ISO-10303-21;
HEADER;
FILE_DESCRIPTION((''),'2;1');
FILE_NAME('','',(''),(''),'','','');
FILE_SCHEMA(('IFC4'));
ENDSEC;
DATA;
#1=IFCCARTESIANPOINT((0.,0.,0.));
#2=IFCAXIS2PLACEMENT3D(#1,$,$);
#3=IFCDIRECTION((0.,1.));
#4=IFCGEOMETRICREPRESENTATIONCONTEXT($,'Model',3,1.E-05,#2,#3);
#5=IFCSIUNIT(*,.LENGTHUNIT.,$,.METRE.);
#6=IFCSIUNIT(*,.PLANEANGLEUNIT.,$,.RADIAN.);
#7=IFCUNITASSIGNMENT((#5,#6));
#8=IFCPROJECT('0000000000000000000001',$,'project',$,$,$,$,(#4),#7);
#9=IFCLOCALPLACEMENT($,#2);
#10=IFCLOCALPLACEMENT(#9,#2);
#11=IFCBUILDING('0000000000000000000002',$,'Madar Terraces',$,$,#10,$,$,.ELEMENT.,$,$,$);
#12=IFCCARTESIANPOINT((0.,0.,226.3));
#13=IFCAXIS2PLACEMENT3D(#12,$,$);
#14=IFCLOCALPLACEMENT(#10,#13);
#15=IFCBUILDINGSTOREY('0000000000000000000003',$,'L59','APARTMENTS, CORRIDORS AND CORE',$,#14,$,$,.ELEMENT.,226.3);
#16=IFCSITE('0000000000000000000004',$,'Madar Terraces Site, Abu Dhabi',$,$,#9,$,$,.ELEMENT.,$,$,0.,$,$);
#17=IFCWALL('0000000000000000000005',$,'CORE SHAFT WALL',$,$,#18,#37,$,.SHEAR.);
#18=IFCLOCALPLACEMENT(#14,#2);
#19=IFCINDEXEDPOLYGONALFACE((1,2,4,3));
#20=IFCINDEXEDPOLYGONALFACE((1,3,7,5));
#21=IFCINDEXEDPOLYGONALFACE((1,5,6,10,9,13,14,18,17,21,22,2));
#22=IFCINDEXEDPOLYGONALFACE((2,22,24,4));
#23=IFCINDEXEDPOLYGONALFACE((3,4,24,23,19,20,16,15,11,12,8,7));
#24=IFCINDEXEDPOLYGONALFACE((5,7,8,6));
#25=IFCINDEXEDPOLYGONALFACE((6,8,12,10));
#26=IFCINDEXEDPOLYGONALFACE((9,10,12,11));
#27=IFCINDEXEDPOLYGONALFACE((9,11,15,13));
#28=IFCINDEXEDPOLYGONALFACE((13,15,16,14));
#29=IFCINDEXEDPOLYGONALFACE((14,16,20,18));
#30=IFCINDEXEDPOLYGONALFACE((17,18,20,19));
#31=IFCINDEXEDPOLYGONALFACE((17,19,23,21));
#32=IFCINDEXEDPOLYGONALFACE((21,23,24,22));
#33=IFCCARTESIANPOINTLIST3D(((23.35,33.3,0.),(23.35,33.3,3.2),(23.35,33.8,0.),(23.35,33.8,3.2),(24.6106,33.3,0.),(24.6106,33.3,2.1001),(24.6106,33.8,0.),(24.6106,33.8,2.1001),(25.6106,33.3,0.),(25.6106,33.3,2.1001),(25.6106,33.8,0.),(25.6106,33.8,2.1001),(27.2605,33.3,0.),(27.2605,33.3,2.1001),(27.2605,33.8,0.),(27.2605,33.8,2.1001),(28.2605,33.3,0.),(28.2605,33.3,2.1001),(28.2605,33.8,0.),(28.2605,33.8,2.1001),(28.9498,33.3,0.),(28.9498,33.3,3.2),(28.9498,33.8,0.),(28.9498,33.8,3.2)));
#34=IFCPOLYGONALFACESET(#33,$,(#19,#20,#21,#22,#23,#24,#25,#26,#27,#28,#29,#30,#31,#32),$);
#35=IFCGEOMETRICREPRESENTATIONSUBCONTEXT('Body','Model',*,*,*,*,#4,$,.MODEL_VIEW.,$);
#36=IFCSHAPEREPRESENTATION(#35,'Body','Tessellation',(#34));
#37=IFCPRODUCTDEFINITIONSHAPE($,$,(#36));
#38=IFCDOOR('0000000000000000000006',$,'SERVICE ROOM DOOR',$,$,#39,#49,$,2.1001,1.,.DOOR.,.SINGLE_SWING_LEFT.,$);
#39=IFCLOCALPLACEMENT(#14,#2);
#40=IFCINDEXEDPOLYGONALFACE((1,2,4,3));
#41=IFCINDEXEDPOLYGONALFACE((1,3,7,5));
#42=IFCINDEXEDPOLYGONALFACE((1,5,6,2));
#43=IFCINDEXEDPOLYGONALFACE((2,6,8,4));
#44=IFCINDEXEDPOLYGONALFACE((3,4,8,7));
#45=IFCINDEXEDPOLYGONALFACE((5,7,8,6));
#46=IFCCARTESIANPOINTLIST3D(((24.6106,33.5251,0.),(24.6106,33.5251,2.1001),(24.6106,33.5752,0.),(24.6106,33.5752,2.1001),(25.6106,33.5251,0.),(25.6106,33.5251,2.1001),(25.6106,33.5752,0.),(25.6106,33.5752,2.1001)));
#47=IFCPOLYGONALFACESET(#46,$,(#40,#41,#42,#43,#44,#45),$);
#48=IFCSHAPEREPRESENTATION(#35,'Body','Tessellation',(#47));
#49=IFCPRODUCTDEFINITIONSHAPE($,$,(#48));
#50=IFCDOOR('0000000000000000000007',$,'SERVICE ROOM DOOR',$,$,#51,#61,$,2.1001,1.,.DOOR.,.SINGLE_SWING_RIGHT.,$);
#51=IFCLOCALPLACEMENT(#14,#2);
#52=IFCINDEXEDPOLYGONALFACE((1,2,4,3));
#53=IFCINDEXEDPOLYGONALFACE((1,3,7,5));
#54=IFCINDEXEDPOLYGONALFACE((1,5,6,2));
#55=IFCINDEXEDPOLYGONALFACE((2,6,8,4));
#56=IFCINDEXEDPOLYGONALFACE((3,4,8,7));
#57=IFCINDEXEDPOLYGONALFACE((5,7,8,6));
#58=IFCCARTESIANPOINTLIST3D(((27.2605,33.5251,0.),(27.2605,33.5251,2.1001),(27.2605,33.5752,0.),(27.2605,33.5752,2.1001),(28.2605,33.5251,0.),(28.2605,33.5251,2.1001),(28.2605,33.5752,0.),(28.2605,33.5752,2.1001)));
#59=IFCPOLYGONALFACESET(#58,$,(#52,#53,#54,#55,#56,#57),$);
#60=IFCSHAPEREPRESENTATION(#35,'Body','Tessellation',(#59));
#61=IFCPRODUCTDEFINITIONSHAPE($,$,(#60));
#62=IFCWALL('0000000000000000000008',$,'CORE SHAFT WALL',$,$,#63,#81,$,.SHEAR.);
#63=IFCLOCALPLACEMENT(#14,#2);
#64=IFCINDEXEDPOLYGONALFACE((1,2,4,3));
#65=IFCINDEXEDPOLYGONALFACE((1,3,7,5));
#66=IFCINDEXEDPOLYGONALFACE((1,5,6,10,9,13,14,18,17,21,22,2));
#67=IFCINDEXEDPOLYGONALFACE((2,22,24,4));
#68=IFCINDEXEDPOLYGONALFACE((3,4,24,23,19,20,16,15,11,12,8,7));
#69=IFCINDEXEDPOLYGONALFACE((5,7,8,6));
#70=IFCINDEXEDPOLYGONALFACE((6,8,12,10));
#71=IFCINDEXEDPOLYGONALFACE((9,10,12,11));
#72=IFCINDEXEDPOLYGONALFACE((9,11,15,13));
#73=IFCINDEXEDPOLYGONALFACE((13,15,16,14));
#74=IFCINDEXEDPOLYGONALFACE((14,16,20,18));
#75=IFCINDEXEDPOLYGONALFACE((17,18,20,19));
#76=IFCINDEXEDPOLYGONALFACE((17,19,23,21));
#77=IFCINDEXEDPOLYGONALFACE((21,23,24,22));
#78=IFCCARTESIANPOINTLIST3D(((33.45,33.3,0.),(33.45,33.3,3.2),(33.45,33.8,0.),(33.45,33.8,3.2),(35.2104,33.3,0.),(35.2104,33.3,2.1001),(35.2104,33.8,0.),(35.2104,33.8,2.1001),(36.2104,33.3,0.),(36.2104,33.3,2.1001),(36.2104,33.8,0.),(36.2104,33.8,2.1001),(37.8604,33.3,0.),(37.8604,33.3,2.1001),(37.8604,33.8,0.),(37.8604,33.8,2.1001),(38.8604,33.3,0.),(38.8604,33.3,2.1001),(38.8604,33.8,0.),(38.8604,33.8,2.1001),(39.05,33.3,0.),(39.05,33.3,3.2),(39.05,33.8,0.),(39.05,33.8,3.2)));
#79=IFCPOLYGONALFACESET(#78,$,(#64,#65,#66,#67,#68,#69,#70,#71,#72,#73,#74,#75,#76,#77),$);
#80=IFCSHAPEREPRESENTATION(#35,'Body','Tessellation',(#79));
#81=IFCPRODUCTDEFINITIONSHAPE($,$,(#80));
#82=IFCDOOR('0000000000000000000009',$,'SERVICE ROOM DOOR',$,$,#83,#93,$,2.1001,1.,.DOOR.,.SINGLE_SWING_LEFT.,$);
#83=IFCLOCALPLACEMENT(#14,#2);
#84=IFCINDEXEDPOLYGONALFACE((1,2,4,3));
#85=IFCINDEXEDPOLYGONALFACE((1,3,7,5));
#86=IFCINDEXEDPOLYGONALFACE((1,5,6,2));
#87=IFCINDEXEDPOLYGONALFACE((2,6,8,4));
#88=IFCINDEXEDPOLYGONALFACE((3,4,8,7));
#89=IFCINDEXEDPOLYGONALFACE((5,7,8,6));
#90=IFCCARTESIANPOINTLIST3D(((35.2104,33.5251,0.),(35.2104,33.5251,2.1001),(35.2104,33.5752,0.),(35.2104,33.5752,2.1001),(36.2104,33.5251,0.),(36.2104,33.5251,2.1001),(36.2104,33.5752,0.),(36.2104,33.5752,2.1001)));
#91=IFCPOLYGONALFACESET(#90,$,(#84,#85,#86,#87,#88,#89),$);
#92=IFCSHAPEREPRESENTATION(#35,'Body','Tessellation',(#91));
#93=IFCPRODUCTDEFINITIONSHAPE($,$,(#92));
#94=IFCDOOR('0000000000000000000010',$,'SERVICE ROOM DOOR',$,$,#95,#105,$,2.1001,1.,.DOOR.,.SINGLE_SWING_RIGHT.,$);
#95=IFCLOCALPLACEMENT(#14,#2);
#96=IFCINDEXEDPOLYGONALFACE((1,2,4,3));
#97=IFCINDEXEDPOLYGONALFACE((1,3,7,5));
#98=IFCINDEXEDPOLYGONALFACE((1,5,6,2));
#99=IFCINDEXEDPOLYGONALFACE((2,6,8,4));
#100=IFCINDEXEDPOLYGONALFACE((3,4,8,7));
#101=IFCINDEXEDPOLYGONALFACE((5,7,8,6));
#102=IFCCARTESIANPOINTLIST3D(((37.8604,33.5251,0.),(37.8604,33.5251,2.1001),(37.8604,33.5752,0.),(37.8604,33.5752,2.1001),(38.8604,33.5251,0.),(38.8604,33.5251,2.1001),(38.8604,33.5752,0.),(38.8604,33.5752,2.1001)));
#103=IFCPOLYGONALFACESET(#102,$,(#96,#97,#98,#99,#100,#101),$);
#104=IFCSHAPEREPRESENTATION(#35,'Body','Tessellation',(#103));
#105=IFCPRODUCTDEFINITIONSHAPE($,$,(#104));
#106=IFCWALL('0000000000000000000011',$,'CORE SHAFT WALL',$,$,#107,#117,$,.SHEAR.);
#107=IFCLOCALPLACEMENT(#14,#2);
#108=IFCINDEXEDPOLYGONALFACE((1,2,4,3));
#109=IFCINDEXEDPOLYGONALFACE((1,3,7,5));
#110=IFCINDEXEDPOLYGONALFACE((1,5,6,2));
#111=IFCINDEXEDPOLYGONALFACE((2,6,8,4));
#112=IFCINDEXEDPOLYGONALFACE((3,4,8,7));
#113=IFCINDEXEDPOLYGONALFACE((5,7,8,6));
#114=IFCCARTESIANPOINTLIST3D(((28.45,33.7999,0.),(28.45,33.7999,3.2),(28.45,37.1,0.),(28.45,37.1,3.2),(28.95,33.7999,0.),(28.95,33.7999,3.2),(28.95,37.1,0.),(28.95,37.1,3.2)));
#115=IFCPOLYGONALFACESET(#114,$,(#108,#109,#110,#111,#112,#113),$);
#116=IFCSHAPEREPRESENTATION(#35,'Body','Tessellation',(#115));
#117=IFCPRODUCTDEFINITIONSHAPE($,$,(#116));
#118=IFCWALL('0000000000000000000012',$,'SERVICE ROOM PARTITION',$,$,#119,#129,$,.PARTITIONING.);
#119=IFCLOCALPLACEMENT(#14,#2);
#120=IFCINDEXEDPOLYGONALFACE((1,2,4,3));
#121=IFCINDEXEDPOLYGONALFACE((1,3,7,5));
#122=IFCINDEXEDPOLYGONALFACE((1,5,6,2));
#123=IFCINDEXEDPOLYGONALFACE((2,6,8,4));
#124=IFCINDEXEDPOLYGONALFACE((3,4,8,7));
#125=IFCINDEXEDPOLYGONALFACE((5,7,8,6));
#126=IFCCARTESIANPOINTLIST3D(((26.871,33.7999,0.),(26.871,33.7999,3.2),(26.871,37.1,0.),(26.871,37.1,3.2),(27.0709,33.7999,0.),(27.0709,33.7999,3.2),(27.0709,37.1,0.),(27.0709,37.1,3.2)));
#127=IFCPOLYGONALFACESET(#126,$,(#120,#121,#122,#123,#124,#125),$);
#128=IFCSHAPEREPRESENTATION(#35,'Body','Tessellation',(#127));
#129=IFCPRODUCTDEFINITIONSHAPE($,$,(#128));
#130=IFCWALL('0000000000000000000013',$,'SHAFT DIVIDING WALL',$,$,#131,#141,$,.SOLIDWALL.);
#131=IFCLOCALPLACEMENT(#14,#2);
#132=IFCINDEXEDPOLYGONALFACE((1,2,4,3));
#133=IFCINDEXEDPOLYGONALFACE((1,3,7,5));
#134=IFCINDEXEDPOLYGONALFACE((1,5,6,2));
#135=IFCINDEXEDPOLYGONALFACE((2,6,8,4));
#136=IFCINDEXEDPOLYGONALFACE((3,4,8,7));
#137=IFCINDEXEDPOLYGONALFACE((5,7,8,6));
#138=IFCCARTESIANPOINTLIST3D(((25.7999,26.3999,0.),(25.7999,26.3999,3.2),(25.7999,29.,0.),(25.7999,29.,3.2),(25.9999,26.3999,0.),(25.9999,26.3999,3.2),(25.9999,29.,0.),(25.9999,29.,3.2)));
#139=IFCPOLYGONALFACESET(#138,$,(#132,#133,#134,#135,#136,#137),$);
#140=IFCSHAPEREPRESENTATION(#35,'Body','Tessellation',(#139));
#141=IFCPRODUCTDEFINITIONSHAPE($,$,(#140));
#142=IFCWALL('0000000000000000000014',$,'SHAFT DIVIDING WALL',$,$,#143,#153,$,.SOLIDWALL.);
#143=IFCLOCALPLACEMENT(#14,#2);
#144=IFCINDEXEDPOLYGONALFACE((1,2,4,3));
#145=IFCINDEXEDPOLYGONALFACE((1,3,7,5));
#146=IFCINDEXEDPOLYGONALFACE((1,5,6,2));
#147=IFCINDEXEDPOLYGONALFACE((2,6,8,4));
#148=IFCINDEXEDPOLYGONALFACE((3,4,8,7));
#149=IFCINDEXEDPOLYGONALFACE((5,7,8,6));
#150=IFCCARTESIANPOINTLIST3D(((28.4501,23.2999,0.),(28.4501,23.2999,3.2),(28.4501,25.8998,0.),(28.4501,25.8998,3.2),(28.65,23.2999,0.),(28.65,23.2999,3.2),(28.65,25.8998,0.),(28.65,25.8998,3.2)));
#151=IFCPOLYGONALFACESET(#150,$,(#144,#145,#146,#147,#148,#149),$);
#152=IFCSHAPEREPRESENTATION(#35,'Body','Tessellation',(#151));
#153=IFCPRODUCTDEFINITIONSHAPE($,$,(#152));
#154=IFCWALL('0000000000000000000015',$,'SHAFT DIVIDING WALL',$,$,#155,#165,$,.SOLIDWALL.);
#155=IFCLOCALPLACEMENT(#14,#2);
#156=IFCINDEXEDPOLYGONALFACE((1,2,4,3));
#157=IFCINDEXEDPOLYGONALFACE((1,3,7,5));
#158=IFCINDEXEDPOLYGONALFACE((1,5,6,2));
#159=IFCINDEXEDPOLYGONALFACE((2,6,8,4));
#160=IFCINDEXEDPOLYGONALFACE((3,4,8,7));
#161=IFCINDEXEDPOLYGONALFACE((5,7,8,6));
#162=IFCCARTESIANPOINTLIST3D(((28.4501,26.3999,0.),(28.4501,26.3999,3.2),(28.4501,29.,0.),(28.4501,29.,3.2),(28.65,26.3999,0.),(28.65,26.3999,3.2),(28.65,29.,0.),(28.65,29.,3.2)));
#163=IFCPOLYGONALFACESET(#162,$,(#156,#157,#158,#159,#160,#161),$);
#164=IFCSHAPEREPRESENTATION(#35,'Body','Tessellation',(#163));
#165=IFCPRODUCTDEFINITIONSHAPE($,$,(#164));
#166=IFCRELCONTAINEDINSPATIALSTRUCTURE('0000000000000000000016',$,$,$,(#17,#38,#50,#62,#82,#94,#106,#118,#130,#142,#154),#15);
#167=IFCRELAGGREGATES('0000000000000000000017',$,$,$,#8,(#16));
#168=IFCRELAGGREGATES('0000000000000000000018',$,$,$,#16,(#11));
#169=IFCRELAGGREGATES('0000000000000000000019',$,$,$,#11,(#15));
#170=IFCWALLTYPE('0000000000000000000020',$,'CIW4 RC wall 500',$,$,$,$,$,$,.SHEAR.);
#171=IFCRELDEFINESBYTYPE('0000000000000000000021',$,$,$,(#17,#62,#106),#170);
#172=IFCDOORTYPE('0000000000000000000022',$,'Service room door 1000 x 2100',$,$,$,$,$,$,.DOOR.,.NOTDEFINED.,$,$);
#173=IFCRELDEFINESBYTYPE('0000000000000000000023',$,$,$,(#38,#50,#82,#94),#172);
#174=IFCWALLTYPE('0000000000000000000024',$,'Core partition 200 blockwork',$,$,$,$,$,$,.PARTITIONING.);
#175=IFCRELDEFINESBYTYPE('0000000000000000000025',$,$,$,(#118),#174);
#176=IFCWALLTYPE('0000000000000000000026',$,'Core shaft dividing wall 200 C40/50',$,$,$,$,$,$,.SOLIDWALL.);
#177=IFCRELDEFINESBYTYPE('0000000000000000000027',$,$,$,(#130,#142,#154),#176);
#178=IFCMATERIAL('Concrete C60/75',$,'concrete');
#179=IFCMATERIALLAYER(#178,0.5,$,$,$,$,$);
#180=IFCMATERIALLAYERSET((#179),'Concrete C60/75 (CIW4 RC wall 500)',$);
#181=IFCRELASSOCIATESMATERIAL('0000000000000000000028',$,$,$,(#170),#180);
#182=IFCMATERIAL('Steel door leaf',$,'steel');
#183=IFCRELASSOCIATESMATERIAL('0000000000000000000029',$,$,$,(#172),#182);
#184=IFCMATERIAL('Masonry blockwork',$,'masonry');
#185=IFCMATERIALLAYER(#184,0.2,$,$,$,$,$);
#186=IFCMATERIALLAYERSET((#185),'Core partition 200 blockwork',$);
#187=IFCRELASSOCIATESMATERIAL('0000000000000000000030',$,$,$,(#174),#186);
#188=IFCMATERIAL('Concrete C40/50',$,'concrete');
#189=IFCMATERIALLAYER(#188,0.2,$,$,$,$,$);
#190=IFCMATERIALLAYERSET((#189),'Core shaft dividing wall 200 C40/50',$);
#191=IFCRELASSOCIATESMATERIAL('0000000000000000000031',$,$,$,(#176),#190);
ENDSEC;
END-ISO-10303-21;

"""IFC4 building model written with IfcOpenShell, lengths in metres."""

from ifc_helpers import new_model, si_unit, direction, frame, frame_2d, origin, place, context, subcontext, project, spatial, rectangle, extrude, material, layer, layer_set, type_object, element, fill, save


model = new_model("IFC4")

# Units and contexts
model_context = context("Model", 3, precision=1e-05, world=origin(), true_north=direction((0.0, 1.0)))
body_context = subcontext(model_context, "Body", "Model", "MODEL_VIEW")
ifc_project = project(units=[si_unit("LENGTHUNIT", "METRE"), si_unit("PLANEANGLEUNIT", "RADIAN")], contexts=[model_context])

# Site, building, storey
site_placement = place(None, origin())
site = spatial("IfcSite", under=ifc_project, at=site_placement, Name="Madar Terraces Site, Abu Dhabi", CompositionType="ELEMENT", RefElevation=0.0)
building_placement = place(site_placement, origin())
building = spatial("IfcBuilding", under=site, at=building_placement, Name="Madar Terraces", CompositionType="ELEMENT")
storey_placement = place(building_placement, frame((0.0, 0.0, 226.3)))
storey = spatial("IfcBuildingStorey", under=building, at=storey_placement, Name="L59", Description="APARTMENTS, CORRIDORS AND CORE", CompositionType="ELEMENT", Elevation=226.3)

# Walls, openings, doors
ifc_material_1 = material(Name="Concrete C60/75", Category="concrete")
ifc_layer_1 = layer(ifc_material_1, 0.5)
ifc_layer_set_1 = layer_set([ifc_layer_1], Name="Concrete C60/75 (CIW4 RC wall 500)")
wall_type_1 = type_object("IfcWallType", Name="CIW4 RC wall 500", PredefinedType="SHEAR", material=ifc_layer_set_1)
wall_1_placement = place(storey_placement, frame((23.3501, 33.55, 0.0), z_axis=(0.0, 0.0, 1.0), x_axis=(1.0, 0.0, 0.0)))
wall_1 = element("IfcWall", 1, at=wall_1_placement, inside=storey, type_object=wall_type_1, Name="CORE SHAFT WALL", PredefinedType="SHEAR", context=body_context, shape_type="SweptSolid", body=[
    extrude(rectangle(XDim=5.5999, YDim=0.5, at=frame_2d((2.7998, 0.0))), origin(), (0.0, 0.0, 1.0), 3.2),
])
opening_1_placement = place(wall_1_placement, frame((1.2605, 0.0, 0.0)))
opening_1 = element("IfcOpeningElement", 2, at=opening_1_placement, cuts=wall_1, PredefinedType="OPENING", context=body_context, shape_type="SweptSolid", body=[
    extrude(rectangle(XDim=1.0, YDim=2.1001, at=frame_2d((0.5, 1.05))), frame((0.0, 0.26, 0.0), z_axis=(0.0, -1.0, 0.0), x_axis=(1.0, 0.0, 0.0)), (0.0, 0.0, 1.0), 0.52),
])
opening_2_placement = place(wall_1_placement, frame((3.9104, 0.0, 0.0)))
opening_2 = element("IfcOpeningElement", 3, at=opening_2_placement, cuts=wall_1, PredefinedType="OPENING", context=body_context, shape_type="SweptSolid", body=[
    extrude(rectangle(XDim=1.0, YDim=2.1001, at=frame_2d((0.5, 1.05))), frame((0.0, 0.26, 0.0), z_axis=(0.0, -1.0, 0.0), x_axis=(1.0, 0.0, 0.0)), (0.0, 0.0, 1.0), 0.52),
])
ifc_material_2 = material(Name="Steel door leaf", Category="steel")
door_type = type_object("IfcDoorType", Name="Service room door 1000 x 2100", OperationType="NOTDEFINED", PredefinedType="DOOR", material=ifc_material_2)
door_1_placement = place(opening_1_placement, frame((1.0, 0.0, 0.0), z_axis=(0.0, 0.0, 1.0), x_axis=(-1.0, 0.0, 0.0)))
door_1 = element("IfcDoor", 4, at=door_1_placement, inside=storey, type_object=door_type, Name="SERVICE ROOM DOOR", OperationType="SINGLE_SWING_LEFT", OverallHeight=2.1001, OverallWidth=1.0, PredefinedType="DOOR", context=body_context, shape_type="SweptSolid", body=[
    extrude(rectangle(XDim=1.0, YDim=2.1001, at=frame_2d((0.5, 1.05))), frame((0.0, 0.0249, 0.0), z_axis=(0.0, -1.0, 0.0), x_axis=(1.0, 0.0, 0.0)), (0.0, 0.0, 1.0), 0.05),
])
fill(opening_1, door_1)
door_2_placement = place(opening_2_placement, frame((1.0, 0.0, 0.0), z_axis=(0.0, 0.0, 1.0), x_axis=(-1.0, 0.0, 0.0)))
door_2 = element("IfcDoor", 5, at=door_2_placement, inside=storey, type_object=door_type, Name="SERVICE ROOM DOOR", OperationType="SINGLE_SWING_RIGHT", OverallHeight=2.1001, OverallWidth=1.0, PredefinedType="DOOR", context=body_context, shape_type="SweptSolid", body=[
    extrude(rectangle(XDim=1.0, YDim=2.1001, at=frame_2d((0.5, 1.05))), frame((0.0, 0.0249, 0.0), z_axis=(0.0, -1.0, 0.0), x_axis=(1.0, 0.0, 0.0)), (0.0, 0.0, 1.0), 0.05),
])
fill(opening_2, door_2)
wall_2_placement = place(storey_placement, frame((33.45, 33.55, 0.0), z_axis=(0.0, 0.0, 1.0), x_axis=(1.0, 0.0, 0.0)))
wall_2 = element("IfcWall", 6, at=wall_2_placement, inside=storey, type_object=wall_type_1, Name="CORE SHAFT WALL", PredefinedType="SHEAR", context=body_context, shape_type="SweptSolid", body=[
    extrude(rectangle(XDim=5.6001, YDim=0.5, at=frame_2d((2.8, 0.0))), origin(), (0.0, 0.0, 1.0), 3.2),
])
opening_3_placement = place(wall_2_placement, frame((1.7605, 0.0, 0.0)))
opening_3 = element("IfcOpeningElement", 7, at=opening_3_placement, cuts=wall_2, PredefinedType="OPENING", context=body_context, shape_type="SweptSolid", body=[
    extrude(rectangle(XDim=1.0, YDim=2.1001, at=frame_2d((0.5, 1.05))), frame((0.0, 0.26, 0.0), z_axis=(0.0, -1.0, 0.0), x_axis=(1.0, 0.0, 0.0)), (0.0, 0.0, 1.0), 0.52),
])
opening_4_placement = place(wall_2_placement, frame((4.4104, 0.0, 0.0)))
opening_4 = element("IfcOpeningElement", 8, at=opening_4_placement, cuts=wall_2, PredefinedType="OPENING", context=body_context, shape_type="SweptSolid", body=[
    extrude(rectangle(XDim=1.0, YDim=2.1001, at=frame_2d((0.5, 1.05))), frame((0.0, 0.26, 0.0), z_axis=(0.0, -1.0, 0.0), x_axis=(1.0, 0.0, 0.0)), (0.0, 0.0, 1.0), 0.52),
])
door_3_placement = place(opening_3_placement, frame((1.0, 0.0, 0.0), z_axis=(0.0, 0.0, 1.0), x_axis=(-1.0, 0.0, 0.0)))
door_3 = element("IfcDoor", 9, at=door_3_placement, inside=storey, type_object=door_type, Name="SERVICE ROOM DOOR", OperationType="SINGLE_SWING_LEFT", OverallHeight=2.1001, OverallWidth=1.0, PredefinedType="DOOR", context=body_context, shape_type="SweptSolid", body=[
    extrude(rectangle(XDim=1.0, YDim=2.1001, at=frame_2d((0.5, 1.05))), frame((0.0, 0.0249, 0.0), z_axis=(0.0, -1.0, 0.0), x_axis=(1.0, 0.0, 0.0)), (0.0, 0.0, 1.0), 0.05),
])
fill(opening_3, door_3)
door_4_placement = place(opening_4_placement, frame((1.0, 0.0, 0.0), z_axis=(0.0, 0.0, 1.0), x_axis=(-1.0, 0.0, 0.0)))
door_4 = element("IfcDoor", 10, at=door_4_placement, inside=storey, type_object=door_type, Name="SERVICE ROOM DOOR", OperationType="SINGLE_SWING_RIGHT", OverallHeight=2.1001, OverallWidth=1.0, PredefinedType="DOOR", context=body_context, shape_type="SweptSolid", body=[
    extrude(rectangle(XDim=1.0, YDim=2.1001, at=frame_2d((0.5, 1.05))), frame((0.0, 0.0249, 0.0), z_axis=(0.0, -1.0, 0.0), x_axis=(1.0, 0.0, 0.0)), (0.0, 0.0, 1.0), 0.05),
])
fill(opening_4, door_4)

# Walls
wall_3_placement = place(storey_placement, frame((28.7, 33.8, 0.0), z_axis=(0.0, 0.0, 1.0), x_axis=(0.0, 1.0, 0.0)))
element("IfcWall", 11, at=wall_3_placement, inside=storey, type_object=wall_type_1, Name="CORE SHAFT WALL", PredefinedType="SHEAR", context=body_context, shape_type="SweptSolid", body=[
    extrude(rectangle(XDim=3.3, YDim=0.5, at=frame_2d((1.6499, 0.0))), origin(), (0.0, 0.0, 1.0), 3.2),
])
ifc_material_3 = material(Name="Masonry blockwork", Category="masonry")
ifc_layer_2 = layer(ifc_material_3, 0.2)
ifc_layer_set_2 = layer_set([ifc_layer_2], Name="Core partition 200 blockwork")
wall_type_2 = type_object("IfcWallType", Name="Core partition 200 blockwork", PredefinedType="PARTITIONING", material=ifc_layer_set_2)
wall_4_placement = place(storey_placement, frame((26.9709, 33.8, 0.0), z_axis=(0.0, 0.0, 1.0), x_axis=(0.0, 1.0, 0.0)))
element("IfcWall", 12, at=wall_4_placement, inside=storey, type_object=wall_type_2, Name="SERVICE ROOM PARTITION", PredefinedType="PARTITIONING", context=body_context, shape_type="SweptSolid", body=[
    extrude(rectangle(XDim=3.3, YDim=0.2, at=frame_2d((1.6499, 0.0))), origin(), (0.0, 0.0, 1.0), 3.2),
])
ifc_material_4 = material(Name="Concrete C40/50", Category="concrete")
ifc_layer_3 = layer(ifc_material_4, 0.2)
ifc_layer_set_3 = layer_set([ifc_layer_3], Name="Core shaft dividing wall 200 C40/50")
wall_type_3 = type_object("IfcWallType", Name="Core shaft dividing wall 200 C40/50", PredefinedType="SOLIDWALL", material=ifc_layer_set_3)
wall_5_placement = place(storey_placement, frame((25.8999, 26.3999, 0.0), z_axis=(0.0, 0.0, 1.0), x_axis=(0.0, 1.0, 0.0)))
element("IfcWall", 13, at=wall_5_placement, inside=storey, type_object=wall_type_3, Name="SHAFT DIVIDING WALL", PredefinedType="SOLIDWALL", context=body_context, shape_type="SweptSolid", body=[
    extrude(rectangle(XDim=2.6001, YDim=0.2, at=frame_2d((1.3, 0.0))), origin(), (0.0, 0.0, 1.0), 3.2),
])
wall_6_placement = place(storey_placement, frame((28.55, 23.3, 0.0), z_axis=(0.0, 0.0, 1.0), x_axis=(0.0, 1.0, 0.0)))
element("IfcWall", 14, at=wall_6_placement, inside=storey, type_object=wall_type_3, Name="SHAFT DIVIDING WALL", PredefinedType="SOLIDWALL", context=body_context, shape_type="SweptSolid", body=[
    extrude(rectangle(XDim=2.5999, YDim=0.2, at=frame_2d((1.2998, 0.0))), origin(), (0.0, 0.0, 1.0), 3.2),
])
wall_7_placement = place(storey_placement, frame((28.55, 26.3999, 0.0), z_axis=(0.0, 0.0, 1.0), x_axis=(0.0, 1.0, 0.0)))
element("IfcWall", 15, at=wall_7_placement, inside=storey, type_object=wall_type_3, Name="SHAFT DIVIDING WALL", PredefinedType="SOLIDWALL", context=body_context, shape_type="SweptSolid", body=[
    extrude(rectangle(XDim=2.6001, YDim=0.2, at=frame_2d((1.3, 0.0))), origin(), (0.0, 0.0, 1.0), 3.2),
])

save(model, "model.ifc")
